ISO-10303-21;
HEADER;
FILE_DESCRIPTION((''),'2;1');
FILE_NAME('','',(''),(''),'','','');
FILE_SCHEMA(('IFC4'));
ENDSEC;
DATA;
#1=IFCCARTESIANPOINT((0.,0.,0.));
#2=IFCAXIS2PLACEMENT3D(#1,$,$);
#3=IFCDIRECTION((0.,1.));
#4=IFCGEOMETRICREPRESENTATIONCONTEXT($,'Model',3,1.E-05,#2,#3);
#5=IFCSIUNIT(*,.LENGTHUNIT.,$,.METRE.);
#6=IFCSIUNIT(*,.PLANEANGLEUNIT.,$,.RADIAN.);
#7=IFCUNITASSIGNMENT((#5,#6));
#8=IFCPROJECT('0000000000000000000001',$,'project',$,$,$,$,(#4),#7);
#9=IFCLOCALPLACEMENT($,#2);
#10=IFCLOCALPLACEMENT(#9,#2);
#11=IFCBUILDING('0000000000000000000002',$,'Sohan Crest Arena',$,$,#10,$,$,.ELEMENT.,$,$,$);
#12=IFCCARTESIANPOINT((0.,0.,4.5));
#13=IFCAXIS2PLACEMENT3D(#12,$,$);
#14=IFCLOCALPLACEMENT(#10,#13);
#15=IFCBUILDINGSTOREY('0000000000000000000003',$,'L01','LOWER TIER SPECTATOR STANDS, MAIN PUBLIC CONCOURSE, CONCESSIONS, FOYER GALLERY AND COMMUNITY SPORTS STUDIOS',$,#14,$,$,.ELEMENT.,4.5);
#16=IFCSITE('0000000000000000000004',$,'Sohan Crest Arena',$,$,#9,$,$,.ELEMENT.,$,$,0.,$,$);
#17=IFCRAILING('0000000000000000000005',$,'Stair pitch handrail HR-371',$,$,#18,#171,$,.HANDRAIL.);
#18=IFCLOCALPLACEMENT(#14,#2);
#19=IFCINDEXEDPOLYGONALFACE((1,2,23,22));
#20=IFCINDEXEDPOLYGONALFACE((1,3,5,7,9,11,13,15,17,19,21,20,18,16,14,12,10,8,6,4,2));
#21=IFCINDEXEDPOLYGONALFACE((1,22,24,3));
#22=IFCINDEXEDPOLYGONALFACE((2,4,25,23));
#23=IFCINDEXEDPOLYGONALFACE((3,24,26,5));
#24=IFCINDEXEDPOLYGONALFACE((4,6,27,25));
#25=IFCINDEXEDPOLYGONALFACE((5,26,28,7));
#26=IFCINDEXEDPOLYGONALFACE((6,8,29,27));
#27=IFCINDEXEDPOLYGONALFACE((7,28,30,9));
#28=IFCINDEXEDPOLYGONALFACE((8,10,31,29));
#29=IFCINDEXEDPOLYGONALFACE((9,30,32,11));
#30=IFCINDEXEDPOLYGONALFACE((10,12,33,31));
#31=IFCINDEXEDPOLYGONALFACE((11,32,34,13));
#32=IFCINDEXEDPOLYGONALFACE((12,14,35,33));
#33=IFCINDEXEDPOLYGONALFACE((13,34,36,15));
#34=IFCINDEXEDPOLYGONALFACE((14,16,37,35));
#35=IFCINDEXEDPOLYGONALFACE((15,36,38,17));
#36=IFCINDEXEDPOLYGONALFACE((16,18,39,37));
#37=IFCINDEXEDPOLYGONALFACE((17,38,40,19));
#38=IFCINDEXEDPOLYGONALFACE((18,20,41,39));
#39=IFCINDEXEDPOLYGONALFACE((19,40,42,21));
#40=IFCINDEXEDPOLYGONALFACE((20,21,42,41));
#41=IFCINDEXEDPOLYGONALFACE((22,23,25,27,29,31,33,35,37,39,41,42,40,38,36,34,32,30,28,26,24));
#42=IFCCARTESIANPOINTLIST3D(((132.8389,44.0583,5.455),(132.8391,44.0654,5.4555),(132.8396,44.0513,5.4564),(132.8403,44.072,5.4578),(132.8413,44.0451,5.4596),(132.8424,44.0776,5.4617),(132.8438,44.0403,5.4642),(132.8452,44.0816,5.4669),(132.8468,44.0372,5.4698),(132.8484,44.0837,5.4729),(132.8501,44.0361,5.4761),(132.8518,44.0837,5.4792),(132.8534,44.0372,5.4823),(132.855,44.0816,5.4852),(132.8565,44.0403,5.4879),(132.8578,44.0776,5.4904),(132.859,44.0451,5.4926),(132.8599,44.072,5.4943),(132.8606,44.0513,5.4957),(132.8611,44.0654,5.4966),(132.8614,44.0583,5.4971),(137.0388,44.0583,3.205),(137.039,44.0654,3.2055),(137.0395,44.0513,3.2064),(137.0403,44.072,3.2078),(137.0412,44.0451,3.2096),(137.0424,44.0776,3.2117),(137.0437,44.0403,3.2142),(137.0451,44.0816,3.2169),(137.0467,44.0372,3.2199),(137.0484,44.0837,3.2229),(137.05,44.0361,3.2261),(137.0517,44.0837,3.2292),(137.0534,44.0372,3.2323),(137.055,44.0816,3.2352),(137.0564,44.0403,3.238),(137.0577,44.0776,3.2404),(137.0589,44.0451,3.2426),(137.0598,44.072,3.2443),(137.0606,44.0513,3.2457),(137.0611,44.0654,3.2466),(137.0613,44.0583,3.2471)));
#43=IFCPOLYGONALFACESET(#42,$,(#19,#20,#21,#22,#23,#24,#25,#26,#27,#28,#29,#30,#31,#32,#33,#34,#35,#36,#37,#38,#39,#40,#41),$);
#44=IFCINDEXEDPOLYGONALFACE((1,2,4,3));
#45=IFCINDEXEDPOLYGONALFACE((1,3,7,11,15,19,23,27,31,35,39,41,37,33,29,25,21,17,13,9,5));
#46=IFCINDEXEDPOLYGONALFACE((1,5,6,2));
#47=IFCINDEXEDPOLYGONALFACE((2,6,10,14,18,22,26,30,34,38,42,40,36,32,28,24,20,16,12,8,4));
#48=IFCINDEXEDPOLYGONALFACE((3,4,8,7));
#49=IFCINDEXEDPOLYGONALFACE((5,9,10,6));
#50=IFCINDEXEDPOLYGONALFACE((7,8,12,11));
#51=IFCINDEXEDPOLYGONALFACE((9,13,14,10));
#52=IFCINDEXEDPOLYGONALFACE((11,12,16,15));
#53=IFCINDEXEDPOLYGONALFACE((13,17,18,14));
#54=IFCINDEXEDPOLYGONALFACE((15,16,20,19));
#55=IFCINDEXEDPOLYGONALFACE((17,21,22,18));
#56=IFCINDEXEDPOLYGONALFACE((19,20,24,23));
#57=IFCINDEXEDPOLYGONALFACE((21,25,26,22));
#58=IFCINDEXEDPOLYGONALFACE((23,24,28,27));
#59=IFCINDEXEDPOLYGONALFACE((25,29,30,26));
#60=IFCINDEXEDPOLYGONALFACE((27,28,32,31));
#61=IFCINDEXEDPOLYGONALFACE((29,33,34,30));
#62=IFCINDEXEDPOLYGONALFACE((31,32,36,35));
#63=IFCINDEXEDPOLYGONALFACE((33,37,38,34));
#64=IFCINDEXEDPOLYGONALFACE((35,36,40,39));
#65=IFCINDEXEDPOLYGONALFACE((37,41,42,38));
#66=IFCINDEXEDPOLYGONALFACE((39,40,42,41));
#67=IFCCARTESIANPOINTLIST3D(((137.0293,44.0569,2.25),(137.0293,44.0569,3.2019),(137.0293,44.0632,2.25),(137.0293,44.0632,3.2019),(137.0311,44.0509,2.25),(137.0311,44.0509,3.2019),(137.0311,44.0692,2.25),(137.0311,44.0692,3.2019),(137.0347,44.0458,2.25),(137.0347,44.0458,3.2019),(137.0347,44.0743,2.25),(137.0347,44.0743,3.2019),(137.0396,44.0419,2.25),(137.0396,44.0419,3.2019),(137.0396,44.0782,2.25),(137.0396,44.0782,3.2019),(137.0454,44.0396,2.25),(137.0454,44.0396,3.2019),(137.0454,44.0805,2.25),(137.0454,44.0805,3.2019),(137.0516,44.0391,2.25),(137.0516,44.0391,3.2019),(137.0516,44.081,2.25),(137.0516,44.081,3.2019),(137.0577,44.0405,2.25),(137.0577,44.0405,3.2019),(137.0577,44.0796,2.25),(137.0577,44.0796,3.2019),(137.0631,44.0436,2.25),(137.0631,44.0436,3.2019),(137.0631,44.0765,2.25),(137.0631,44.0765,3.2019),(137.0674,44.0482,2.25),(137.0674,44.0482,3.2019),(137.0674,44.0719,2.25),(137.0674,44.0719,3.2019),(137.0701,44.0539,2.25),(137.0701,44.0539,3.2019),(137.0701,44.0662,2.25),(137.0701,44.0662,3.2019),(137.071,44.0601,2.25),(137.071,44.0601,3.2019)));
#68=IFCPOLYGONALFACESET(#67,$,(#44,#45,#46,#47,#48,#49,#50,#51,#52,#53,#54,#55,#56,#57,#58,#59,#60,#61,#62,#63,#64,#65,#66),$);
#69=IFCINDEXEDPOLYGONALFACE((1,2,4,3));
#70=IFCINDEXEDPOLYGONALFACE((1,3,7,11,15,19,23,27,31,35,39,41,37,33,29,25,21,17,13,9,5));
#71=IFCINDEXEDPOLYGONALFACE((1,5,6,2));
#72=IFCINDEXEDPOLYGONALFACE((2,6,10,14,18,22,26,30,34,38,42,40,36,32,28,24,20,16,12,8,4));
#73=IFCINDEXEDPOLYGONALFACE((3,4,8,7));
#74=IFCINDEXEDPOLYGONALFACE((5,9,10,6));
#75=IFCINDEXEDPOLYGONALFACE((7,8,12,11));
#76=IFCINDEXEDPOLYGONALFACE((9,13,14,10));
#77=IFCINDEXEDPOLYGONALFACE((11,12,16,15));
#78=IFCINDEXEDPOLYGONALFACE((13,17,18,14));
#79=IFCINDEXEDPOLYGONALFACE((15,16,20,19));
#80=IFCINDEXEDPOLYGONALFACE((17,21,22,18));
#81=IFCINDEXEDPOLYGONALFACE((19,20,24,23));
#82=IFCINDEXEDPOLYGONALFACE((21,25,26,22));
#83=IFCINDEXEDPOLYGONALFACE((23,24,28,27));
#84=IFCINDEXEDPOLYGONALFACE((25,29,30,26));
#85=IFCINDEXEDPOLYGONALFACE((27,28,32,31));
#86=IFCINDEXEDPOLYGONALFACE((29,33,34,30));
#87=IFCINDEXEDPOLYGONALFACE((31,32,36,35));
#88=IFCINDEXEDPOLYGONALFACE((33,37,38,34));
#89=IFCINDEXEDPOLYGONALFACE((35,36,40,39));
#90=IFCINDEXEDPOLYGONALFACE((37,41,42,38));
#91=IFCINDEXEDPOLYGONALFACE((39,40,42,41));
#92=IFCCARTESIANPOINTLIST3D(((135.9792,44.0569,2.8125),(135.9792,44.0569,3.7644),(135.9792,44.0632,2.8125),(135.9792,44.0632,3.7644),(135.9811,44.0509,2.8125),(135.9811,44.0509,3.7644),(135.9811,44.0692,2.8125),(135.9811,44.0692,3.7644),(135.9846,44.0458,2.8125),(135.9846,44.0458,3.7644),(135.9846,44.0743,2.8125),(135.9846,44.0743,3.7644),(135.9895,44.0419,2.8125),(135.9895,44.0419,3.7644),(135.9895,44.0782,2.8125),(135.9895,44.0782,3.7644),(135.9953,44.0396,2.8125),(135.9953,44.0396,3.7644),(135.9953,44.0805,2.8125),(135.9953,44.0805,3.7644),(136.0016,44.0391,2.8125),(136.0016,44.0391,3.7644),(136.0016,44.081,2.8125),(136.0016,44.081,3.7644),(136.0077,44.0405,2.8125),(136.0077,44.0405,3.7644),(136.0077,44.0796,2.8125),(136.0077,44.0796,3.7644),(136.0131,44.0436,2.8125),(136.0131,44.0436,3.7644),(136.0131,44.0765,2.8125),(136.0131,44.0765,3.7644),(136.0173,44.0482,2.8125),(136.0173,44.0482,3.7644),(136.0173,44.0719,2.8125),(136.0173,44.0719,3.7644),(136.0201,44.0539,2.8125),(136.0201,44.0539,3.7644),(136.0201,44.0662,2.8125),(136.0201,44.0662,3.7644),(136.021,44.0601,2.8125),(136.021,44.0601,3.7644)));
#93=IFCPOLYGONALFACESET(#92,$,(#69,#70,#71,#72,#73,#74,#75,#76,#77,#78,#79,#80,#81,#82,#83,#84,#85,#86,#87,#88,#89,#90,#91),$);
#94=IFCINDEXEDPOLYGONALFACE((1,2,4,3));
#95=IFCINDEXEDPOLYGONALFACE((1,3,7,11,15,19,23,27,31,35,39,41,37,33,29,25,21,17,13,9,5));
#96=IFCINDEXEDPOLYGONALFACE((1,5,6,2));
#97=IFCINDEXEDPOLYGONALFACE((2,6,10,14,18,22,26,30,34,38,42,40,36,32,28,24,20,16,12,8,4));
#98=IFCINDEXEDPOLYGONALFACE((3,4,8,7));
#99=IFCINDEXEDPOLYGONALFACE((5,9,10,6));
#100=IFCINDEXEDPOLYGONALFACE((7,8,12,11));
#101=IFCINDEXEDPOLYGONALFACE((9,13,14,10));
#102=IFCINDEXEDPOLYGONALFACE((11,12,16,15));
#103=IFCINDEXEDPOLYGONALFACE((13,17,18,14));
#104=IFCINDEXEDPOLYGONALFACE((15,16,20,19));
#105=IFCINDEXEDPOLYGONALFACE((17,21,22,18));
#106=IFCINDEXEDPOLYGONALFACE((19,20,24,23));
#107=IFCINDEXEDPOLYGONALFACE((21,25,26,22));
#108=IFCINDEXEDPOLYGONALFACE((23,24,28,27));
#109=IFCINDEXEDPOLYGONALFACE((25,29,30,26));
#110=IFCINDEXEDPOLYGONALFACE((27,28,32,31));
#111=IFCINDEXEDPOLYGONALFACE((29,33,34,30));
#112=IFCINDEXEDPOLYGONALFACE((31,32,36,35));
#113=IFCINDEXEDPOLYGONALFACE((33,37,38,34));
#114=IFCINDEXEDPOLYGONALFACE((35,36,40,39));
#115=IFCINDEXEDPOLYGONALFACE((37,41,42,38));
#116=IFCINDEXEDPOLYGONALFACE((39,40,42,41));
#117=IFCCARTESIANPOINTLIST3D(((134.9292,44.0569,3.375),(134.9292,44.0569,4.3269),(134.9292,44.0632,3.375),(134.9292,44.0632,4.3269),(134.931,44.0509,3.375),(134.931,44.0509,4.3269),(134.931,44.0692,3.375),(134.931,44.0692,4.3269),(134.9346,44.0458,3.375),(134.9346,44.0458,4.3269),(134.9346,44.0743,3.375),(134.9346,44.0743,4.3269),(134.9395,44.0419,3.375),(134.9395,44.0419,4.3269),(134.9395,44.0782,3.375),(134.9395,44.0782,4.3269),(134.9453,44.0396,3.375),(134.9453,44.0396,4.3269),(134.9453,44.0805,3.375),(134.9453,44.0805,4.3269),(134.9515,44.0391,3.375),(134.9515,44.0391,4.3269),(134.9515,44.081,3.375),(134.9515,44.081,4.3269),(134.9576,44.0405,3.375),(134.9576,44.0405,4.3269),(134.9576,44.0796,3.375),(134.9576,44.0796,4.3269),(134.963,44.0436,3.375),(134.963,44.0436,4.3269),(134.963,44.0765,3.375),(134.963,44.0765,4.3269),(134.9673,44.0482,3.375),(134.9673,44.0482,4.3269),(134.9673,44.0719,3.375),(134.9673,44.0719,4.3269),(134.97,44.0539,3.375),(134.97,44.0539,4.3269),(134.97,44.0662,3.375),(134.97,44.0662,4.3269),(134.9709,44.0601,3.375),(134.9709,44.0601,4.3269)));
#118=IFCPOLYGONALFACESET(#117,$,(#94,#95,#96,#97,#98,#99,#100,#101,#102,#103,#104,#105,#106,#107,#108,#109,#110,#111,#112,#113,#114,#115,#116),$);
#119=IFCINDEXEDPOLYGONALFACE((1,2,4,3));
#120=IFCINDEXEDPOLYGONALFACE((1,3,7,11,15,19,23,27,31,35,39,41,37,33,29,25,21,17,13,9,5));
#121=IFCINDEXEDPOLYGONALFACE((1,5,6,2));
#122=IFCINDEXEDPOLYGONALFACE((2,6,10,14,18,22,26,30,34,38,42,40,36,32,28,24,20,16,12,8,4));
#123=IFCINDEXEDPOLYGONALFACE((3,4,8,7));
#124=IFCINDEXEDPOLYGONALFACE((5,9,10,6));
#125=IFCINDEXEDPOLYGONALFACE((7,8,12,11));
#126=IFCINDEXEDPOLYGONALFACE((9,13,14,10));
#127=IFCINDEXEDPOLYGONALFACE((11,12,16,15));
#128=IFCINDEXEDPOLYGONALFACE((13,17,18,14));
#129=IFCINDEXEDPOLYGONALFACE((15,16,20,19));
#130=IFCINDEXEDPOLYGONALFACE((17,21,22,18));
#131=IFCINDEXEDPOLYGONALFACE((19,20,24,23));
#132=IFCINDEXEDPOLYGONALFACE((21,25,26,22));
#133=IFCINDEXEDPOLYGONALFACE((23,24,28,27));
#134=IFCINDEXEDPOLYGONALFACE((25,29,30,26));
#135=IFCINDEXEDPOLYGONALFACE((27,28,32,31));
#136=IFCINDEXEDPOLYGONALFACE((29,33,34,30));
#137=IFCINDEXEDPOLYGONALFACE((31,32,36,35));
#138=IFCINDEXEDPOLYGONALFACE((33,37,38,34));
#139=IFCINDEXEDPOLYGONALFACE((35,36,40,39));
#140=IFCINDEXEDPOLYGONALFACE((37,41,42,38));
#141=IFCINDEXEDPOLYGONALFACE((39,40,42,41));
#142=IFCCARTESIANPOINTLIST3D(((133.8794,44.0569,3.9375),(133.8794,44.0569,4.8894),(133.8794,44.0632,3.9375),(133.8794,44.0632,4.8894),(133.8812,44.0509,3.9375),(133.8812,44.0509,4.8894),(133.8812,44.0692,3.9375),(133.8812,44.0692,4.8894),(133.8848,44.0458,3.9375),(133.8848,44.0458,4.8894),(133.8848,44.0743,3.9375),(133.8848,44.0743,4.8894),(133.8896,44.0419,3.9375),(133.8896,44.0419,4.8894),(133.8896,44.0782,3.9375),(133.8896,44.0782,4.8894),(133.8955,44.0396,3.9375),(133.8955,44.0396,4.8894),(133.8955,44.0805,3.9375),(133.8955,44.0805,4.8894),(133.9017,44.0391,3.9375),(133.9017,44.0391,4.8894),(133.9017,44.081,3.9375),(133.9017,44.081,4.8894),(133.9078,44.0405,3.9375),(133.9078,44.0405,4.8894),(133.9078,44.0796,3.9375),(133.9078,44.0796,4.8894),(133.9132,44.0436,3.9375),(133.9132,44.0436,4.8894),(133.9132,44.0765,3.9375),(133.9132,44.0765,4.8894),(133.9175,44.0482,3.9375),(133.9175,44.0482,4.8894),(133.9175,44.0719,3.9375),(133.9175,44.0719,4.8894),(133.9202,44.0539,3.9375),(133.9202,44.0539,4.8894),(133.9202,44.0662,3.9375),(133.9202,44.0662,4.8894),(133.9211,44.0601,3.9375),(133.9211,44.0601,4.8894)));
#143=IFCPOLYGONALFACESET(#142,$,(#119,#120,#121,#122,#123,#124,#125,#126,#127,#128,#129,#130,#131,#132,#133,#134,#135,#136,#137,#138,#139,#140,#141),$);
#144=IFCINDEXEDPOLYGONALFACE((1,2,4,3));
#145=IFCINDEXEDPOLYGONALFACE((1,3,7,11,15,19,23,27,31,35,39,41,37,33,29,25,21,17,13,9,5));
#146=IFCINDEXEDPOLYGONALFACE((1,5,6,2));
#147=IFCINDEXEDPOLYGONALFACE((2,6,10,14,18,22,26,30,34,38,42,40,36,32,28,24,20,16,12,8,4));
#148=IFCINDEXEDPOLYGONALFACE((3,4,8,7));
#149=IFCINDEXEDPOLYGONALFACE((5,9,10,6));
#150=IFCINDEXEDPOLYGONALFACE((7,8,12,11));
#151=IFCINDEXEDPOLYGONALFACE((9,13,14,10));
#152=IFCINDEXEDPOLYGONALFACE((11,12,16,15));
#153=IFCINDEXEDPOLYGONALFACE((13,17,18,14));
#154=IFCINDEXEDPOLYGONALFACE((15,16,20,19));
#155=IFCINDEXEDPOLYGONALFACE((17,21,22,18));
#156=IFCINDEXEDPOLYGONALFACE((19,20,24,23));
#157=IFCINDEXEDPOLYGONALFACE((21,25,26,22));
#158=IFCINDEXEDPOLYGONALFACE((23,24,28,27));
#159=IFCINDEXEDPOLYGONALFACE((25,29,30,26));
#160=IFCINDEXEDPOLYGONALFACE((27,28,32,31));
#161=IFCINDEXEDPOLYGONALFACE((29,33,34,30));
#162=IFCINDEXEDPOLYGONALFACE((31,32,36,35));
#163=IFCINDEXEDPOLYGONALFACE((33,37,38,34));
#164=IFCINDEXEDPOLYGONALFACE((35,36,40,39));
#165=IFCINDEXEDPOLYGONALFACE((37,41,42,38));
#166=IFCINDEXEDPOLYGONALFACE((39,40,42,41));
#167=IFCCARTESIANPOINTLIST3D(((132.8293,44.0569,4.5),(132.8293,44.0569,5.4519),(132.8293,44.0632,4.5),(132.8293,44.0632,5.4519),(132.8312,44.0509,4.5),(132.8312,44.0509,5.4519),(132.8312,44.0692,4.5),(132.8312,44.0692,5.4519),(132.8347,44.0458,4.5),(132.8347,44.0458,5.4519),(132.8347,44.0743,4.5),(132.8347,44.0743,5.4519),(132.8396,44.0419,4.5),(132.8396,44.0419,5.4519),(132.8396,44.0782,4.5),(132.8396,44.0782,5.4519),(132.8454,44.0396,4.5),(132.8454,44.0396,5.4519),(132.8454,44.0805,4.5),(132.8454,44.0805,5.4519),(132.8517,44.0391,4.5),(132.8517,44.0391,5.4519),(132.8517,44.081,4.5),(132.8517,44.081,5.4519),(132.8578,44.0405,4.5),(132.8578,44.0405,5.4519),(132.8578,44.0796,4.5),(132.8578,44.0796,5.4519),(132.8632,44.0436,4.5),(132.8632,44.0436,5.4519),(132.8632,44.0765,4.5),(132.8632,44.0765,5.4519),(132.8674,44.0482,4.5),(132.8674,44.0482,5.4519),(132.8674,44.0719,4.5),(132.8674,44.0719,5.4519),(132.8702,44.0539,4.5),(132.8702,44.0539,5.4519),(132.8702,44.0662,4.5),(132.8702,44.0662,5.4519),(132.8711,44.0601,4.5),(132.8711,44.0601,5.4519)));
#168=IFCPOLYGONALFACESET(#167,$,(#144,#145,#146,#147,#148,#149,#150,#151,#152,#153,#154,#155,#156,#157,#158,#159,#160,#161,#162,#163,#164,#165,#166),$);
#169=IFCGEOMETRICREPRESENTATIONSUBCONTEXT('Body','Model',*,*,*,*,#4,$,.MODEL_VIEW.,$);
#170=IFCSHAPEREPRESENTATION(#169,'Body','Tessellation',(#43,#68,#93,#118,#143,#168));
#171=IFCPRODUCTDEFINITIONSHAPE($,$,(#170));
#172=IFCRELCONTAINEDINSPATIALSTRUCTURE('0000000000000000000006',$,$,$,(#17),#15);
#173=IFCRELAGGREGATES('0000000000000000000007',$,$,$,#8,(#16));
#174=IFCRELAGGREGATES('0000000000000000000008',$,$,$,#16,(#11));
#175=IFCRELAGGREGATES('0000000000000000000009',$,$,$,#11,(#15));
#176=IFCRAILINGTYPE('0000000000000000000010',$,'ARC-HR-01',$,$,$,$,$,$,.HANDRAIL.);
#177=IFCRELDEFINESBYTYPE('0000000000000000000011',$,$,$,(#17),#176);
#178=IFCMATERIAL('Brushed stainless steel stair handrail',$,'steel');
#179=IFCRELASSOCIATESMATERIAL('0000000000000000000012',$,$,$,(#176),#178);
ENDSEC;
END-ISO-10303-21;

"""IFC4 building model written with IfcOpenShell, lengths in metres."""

from ifc_helpers import new_model, si_unit, direction, frame, origin, origin_2d, place, context, subcontext, project, spatial, circle, extrude, material, type_object, element, save


model = new_model("IFC4")

# Units and contexts
model_context = context("Model", 3, precision=1e-05, world=origin(), true_north=direction((0.0, 1.0)))
body_context = subcontext(model_context, "Body", "Model", "MODEL_VIEW")
ifc_project = project(units=[si_unit("LENGTHUNIT", "METRE"), si_unit("PLANEANGLEUNIT", "RADIAN")], contexts=[model_context])

# Site, building, storey
site_placement = place(None, origin())
site = spatial("IfcSite", under=ifc_project, at=site_placement, Name="Sohan Crest Arena", CompositionType="ELEMENT", RefElevation=0.0)
building_placement = place(site_placement, origin())
building = spatial("IfcBuilding", under=site, at=building_placement, Name="Sohan Crest Arena", CompositionType="ELEMENT")
storey_placement = place(building_placement, frame((0.0, 0.0, 4.5)))
storey = spatial("IfcBuildingStorey", under=building, at=storey_placement, Name="L01", Description="LOWER TIER SPECTATOR STANDS, MAIN PUBLIC CONCOURSE, CONCESSIONS, FOYER GALLERY AND COMMUNITY SPORTS STUDIOS", CompositionType="ELEMENT", Elevation=4.5)

# Railing
ifc_material_1 = material(Name="Brushed stainless steel stair handrail", Category="steel")
railing_type_1 = type_object("IfcRailingType", Name="ARC-HR-01", PredefinedType="HANDRAIL", material=ifc_material_1)
railing_1_placement = place(storey_placement, frame((137.05, 44.0601, 2.25)))
element("IfcRailing", 1, at=railing_1_placement, inside=storey, type_object=railing_type_1, Name="Stair pitch handrail HR-371", PredefinedType="HANDRAIL", context=body_context, shape_type="SweptSolid", body=[
    extrude(circle(Radius=0.0239, at=origin_2d()), frame((0.0, 0.0, 0.9761), z_axis=(-0.881478, 0.0, 0.472226), x_axis=(0.0, -1.0, 0.0)), (0.0, 0.0, 1.0), 4.7646),
    extrude(circle(Radius=0.021, at=origin_2d()), origin(), (0.0, 0.0, 1.0), 0.9519),
    extrude(circle(Radius=0.021, at=origin_2d()), frame((-1.05, 0.0, 0.5625)), (0.0, 0.0, 1.0), 0.9519),
    extrude(circle(Radius=0.021, at=origin_2d()), frame((-2.1001, 0.0, 1.125)), (0.0, 0.0, 1.0), 0.9519),
    extrude(circle(Radius=0.021, at=origin_2d()), frame((-3.1499, 0.0, 1.6875)), (0.0, 0.0, 1.0), 0.9519),
    extrude(circle(Radius=0.021, at=origin_2d()), frame((-4.2, 0.0, 2.25)), (0.0, 0.0, 1.0), 0.9519),
])

save(model, "model.ifc")
